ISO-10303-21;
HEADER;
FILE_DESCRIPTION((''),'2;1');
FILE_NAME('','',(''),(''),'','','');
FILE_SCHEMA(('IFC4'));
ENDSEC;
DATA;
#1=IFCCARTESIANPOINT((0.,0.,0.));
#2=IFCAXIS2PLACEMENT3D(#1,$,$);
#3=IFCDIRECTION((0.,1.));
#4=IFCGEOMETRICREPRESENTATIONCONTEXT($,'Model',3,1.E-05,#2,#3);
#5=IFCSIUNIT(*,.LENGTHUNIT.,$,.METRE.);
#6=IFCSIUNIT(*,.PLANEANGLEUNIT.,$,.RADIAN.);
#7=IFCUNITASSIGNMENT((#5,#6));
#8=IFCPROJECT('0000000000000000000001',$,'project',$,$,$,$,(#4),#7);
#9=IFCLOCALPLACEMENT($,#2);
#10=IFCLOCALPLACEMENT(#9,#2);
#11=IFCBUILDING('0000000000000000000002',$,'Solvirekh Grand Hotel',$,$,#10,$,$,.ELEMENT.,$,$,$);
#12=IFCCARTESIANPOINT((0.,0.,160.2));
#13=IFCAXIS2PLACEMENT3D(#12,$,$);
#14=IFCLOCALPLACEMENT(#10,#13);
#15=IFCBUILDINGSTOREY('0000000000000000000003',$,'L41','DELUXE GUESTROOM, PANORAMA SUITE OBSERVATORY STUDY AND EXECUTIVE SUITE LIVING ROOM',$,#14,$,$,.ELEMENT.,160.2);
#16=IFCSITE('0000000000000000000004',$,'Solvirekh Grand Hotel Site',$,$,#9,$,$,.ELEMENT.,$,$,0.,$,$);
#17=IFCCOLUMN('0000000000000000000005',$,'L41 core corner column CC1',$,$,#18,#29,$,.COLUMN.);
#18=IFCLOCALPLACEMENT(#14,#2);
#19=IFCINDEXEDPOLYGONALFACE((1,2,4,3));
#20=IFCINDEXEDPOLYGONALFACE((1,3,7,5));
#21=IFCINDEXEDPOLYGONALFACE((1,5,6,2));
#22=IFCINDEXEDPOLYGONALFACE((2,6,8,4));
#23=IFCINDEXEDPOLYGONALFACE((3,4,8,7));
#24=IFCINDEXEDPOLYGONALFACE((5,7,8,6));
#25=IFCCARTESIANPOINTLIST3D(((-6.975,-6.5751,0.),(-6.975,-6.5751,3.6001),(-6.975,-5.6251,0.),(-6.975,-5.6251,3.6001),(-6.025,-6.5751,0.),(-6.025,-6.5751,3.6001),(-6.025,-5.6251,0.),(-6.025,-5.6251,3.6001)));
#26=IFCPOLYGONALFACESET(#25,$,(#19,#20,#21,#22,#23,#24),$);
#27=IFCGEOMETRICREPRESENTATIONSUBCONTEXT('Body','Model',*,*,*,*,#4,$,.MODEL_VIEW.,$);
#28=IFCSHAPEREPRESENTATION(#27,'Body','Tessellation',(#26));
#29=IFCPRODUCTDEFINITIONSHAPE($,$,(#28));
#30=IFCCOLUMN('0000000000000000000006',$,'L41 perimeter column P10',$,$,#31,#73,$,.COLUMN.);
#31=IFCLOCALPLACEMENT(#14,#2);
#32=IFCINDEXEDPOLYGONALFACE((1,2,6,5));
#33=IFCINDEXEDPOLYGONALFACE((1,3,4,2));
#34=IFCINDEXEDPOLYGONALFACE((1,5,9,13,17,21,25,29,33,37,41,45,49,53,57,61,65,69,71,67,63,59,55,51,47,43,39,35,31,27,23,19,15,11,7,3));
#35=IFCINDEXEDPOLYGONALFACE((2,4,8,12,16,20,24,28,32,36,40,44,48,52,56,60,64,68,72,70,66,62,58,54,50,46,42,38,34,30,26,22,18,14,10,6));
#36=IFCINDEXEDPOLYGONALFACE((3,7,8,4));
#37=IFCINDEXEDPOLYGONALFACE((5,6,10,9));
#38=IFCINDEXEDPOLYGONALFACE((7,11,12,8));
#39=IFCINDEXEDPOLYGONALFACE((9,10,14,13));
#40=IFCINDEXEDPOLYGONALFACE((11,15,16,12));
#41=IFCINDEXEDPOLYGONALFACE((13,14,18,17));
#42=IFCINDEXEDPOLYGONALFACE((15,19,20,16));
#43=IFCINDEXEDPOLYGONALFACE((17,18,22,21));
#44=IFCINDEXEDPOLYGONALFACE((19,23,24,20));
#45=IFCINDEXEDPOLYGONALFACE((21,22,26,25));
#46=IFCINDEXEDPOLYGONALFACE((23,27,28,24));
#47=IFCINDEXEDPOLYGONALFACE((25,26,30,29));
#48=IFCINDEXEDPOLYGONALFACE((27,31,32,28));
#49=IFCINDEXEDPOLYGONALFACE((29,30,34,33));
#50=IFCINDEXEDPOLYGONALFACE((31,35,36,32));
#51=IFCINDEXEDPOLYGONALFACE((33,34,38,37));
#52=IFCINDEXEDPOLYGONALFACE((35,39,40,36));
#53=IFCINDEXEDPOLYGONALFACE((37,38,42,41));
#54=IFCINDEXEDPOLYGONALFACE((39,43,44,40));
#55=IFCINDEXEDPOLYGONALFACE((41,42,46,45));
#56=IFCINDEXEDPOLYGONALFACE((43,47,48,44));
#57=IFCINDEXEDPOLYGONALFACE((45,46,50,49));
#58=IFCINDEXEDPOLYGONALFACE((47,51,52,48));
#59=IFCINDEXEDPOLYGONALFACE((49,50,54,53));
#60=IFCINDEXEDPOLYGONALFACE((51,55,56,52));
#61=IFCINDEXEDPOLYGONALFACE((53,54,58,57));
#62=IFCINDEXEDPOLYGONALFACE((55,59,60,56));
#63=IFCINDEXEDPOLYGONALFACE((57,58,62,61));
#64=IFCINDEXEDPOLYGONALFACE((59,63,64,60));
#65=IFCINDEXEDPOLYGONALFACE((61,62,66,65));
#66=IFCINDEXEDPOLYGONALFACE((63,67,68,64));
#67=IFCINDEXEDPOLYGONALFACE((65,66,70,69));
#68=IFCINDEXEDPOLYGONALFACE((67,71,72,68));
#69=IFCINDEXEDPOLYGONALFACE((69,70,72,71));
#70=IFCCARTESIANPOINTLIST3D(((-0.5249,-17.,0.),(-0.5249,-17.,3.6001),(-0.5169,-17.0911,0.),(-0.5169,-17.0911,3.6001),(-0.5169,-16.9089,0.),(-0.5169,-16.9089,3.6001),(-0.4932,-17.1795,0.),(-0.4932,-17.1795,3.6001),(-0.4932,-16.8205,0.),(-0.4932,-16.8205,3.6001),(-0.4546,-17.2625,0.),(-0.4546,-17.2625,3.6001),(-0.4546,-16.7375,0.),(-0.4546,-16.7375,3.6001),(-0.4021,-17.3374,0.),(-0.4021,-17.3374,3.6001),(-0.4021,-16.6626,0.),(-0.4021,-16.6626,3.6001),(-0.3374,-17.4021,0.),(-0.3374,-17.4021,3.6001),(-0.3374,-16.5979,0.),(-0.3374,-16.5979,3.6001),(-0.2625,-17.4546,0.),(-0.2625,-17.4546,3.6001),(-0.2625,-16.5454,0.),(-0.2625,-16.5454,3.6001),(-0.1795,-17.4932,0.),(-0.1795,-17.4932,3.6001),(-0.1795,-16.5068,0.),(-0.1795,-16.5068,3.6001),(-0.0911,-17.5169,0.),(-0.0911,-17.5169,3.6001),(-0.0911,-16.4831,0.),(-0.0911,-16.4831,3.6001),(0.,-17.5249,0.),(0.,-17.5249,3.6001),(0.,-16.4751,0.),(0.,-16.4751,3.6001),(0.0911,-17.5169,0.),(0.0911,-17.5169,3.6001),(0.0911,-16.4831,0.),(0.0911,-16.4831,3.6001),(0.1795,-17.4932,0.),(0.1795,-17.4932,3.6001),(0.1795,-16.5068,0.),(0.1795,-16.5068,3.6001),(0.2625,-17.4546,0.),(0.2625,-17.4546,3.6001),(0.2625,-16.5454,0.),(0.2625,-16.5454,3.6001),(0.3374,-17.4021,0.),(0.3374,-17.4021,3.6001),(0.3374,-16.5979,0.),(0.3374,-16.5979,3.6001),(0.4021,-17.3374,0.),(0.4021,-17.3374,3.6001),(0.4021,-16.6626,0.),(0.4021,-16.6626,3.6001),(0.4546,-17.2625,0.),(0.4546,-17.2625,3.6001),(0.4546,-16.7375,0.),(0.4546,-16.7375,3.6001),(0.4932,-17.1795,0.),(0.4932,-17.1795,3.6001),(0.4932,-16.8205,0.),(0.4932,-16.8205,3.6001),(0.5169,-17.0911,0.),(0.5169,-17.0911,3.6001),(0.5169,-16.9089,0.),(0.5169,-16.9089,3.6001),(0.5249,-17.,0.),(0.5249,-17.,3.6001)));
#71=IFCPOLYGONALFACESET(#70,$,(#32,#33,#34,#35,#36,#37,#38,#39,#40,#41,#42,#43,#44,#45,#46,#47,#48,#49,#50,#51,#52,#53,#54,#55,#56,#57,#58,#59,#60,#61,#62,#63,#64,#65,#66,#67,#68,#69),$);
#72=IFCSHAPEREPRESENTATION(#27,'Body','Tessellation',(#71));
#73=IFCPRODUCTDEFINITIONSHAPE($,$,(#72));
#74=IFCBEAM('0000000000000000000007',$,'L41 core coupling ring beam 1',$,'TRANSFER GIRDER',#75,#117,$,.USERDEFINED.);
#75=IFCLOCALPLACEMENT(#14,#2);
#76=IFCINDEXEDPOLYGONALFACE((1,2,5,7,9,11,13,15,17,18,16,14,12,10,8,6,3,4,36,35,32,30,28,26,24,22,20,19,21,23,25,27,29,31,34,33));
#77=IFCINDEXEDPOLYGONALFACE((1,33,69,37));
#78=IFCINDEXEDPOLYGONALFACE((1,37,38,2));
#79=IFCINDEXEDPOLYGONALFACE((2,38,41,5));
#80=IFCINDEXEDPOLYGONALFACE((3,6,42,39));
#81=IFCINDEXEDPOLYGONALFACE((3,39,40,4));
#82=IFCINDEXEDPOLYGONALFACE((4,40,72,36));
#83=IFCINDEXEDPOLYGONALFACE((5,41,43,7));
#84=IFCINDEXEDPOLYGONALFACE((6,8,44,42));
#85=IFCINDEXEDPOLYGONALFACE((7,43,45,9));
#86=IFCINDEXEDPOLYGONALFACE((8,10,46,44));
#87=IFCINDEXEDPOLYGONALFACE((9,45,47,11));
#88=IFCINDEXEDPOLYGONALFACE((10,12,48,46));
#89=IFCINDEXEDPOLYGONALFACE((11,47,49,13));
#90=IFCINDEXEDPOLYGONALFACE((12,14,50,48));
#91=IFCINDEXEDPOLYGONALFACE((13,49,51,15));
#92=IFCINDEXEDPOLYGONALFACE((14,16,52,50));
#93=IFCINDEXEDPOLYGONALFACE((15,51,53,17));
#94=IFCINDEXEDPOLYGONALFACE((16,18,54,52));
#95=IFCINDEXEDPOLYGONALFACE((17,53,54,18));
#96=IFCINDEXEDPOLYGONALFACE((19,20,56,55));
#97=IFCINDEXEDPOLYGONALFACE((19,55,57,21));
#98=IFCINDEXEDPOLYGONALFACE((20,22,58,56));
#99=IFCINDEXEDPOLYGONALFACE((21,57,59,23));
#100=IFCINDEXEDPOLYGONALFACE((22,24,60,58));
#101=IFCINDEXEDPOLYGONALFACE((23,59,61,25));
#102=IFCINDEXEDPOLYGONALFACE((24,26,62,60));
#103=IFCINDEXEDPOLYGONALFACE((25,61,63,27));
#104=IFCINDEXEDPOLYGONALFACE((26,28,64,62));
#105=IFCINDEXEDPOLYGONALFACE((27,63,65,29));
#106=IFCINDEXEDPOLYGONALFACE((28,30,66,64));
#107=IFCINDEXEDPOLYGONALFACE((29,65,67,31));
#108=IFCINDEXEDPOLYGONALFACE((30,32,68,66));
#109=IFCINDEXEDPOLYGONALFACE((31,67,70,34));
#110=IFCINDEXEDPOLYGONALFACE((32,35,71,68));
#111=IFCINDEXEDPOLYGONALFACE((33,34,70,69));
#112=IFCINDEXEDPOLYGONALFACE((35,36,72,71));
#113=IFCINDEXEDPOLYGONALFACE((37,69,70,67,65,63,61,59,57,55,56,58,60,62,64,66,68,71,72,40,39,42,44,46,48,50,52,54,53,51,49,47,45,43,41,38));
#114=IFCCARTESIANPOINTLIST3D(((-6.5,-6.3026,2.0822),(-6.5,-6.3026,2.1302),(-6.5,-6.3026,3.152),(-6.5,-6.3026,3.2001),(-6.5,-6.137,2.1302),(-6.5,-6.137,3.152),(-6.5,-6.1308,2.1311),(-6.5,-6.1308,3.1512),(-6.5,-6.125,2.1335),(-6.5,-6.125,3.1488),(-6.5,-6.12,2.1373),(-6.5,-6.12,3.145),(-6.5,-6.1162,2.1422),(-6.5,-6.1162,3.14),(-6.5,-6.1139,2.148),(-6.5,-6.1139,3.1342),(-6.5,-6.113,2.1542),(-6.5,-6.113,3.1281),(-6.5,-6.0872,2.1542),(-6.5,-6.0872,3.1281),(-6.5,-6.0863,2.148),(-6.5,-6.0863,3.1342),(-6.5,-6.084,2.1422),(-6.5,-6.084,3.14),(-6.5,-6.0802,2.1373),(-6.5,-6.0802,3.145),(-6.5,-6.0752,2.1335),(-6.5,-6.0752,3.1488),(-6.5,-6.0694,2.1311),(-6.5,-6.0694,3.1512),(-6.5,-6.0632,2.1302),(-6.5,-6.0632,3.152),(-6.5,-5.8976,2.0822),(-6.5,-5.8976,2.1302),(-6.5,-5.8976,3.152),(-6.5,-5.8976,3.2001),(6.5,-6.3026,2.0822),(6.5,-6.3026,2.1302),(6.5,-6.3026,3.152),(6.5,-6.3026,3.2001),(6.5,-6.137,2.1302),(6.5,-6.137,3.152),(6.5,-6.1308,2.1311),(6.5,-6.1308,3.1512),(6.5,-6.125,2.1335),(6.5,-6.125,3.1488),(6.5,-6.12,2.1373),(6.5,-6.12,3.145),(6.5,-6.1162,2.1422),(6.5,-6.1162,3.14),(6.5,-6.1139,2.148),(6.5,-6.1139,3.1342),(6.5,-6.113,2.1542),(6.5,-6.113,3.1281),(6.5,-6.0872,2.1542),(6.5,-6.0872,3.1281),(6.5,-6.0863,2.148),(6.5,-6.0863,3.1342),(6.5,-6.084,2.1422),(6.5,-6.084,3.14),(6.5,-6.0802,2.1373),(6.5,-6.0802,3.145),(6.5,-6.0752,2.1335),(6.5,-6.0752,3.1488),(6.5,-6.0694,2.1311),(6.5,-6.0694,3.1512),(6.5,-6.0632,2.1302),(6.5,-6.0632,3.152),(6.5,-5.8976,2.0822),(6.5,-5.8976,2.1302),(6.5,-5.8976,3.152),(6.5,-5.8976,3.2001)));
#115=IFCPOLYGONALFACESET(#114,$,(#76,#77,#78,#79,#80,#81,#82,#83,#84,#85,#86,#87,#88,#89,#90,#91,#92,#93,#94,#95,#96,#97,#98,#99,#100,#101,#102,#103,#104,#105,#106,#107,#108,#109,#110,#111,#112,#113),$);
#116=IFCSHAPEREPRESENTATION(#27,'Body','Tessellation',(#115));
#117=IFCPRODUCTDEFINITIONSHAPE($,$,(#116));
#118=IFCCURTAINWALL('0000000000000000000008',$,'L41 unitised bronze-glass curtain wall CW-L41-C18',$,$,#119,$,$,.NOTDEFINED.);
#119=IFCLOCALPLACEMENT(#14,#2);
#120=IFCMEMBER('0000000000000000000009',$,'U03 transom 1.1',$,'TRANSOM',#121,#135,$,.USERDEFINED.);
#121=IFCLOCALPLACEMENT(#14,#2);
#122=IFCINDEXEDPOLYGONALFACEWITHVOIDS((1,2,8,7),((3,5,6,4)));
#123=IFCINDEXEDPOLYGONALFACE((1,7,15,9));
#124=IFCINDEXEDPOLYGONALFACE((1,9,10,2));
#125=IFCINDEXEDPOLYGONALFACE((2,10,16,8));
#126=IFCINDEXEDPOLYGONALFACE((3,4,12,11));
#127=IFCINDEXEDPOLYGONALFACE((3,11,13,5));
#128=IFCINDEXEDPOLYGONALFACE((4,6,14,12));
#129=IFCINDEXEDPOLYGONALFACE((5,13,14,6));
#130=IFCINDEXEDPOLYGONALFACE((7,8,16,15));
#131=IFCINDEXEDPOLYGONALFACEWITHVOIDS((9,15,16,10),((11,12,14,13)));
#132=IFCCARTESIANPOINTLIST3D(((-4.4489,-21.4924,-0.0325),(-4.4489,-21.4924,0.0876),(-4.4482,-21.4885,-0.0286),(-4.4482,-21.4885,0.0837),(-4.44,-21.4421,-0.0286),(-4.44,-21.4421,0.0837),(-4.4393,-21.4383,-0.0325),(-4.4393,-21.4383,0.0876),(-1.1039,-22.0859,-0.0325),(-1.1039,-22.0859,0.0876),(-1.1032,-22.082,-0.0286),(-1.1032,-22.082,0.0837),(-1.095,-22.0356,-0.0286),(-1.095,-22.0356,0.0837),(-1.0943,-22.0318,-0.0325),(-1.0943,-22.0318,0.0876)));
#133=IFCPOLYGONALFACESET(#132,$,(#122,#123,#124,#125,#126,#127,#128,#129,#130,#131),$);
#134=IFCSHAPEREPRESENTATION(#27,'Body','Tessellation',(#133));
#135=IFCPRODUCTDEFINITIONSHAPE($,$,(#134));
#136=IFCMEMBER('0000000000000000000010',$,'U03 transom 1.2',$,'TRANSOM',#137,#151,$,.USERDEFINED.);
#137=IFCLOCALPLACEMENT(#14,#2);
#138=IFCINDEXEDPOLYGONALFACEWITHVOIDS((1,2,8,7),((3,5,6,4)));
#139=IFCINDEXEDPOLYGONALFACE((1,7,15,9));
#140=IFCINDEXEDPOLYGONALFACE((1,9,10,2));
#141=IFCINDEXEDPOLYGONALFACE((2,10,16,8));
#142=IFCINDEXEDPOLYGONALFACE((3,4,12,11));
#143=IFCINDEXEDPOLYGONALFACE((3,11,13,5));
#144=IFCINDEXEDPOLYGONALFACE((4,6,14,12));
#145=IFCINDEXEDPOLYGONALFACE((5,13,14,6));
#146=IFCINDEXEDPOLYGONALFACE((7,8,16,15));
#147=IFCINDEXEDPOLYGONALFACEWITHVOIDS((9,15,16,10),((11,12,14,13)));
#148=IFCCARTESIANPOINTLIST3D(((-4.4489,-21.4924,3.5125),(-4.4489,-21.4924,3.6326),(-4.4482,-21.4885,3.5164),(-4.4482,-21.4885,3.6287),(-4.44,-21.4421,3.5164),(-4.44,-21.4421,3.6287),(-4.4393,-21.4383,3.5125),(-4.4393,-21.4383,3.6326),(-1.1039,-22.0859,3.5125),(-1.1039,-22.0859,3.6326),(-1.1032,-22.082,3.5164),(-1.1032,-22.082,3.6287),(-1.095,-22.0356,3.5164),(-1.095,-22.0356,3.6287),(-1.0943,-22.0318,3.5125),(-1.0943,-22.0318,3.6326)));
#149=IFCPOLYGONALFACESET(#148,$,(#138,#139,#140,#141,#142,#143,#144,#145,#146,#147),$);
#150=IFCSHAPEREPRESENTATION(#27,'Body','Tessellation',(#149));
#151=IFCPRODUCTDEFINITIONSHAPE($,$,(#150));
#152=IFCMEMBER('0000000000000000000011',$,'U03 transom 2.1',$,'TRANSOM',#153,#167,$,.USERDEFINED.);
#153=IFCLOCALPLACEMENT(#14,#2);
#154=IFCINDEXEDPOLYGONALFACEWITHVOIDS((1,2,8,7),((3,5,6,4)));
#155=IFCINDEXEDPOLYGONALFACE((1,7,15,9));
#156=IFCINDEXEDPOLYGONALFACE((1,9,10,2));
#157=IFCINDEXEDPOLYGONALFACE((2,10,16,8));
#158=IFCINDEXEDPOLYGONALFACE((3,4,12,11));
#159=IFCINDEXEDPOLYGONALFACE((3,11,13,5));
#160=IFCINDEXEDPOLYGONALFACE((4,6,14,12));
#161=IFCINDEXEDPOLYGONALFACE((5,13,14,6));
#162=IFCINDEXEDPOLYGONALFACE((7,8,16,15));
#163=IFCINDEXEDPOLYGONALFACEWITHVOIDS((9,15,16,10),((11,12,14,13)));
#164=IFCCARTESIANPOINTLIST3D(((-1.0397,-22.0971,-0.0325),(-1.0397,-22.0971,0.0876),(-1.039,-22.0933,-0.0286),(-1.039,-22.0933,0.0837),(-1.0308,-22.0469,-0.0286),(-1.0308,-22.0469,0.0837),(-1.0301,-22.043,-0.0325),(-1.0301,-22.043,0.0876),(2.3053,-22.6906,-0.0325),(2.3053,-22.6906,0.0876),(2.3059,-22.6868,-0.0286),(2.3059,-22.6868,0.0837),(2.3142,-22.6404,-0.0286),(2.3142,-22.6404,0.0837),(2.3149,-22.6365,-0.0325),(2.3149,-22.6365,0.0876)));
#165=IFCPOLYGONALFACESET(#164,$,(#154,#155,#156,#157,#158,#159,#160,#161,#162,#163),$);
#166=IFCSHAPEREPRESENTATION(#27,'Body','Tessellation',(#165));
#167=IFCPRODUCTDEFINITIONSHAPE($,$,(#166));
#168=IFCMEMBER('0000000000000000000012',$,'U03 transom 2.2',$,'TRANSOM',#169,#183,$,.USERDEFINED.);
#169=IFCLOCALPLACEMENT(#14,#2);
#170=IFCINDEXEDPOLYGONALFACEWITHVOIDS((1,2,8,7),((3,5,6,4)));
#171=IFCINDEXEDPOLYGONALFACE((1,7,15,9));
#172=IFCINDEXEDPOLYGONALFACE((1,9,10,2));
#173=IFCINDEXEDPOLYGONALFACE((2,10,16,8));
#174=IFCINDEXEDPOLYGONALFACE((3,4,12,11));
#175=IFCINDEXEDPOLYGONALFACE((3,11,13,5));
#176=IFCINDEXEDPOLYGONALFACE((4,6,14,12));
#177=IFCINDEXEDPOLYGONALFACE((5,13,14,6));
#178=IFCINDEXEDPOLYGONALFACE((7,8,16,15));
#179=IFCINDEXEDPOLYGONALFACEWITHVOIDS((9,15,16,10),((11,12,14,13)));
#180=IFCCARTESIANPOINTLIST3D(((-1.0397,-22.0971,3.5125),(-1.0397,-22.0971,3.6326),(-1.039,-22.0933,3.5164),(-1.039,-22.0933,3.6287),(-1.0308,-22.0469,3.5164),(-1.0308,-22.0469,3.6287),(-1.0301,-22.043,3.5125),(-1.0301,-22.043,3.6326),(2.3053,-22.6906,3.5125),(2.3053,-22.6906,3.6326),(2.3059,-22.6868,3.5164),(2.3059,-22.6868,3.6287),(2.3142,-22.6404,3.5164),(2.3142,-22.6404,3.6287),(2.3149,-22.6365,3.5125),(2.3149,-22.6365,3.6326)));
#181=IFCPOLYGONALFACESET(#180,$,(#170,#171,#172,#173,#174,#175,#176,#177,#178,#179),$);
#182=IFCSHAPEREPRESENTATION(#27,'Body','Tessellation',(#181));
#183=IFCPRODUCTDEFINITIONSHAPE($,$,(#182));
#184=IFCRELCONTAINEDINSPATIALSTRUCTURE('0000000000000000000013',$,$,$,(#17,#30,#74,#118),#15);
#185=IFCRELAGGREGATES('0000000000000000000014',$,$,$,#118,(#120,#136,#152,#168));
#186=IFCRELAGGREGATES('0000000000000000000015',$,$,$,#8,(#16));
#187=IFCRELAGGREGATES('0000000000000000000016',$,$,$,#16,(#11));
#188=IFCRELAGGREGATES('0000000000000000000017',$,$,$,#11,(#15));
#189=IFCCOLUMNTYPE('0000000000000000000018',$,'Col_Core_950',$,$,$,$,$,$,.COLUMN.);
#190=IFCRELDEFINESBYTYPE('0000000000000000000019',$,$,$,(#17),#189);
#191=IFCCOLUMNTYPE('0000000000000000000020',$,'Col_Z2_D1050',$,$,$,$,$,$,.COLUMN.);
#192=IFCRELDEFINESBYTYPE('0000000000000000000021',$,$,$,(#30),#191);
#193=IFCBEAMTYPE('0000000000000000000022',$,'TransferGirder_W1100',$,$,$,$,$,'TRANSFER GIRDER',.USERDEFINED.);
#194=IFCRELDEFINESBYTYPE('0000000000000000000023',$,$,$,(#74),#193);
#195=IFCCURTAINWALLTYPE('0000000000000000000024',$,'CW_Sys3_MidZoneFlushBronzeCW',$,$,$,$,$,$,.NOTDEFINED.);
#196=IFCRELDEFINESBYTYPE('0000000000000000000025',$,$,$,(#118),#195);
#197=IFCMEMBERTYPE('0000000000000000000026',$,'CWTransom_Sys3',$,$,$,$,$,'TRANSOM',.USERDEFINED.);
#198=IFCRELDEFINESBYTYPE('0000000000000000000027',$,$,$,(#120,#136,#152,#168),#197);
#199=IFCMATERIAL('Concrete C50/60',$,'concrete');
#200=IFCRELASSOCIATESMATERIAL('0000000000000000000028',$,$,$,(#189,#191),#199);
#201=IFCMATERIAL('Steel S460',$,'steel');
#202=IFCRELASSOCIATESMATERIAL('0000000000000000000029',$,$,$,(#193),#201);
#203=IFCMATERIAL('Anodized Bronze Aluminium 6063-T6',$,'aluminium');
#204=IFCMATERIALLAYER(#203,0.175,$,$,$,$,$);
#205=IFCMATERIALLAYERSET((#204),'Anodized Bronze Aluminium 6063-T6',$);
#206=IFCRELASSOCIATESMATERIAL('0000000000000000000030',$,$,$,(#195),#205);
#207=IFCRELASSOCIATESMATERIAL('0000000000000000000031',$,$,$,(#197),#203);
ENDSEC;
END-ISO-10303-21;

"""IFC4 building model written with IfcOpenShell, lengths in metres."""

from ifc_helpers import new_model, si_unit, direction, frame, origin, origin_2d, place, context, subcontext, project, spatial, rectangle, hollow_rectangle, circle, i_section, extrude, source, transform, mapped, material, layer, layer_set, material_profile, profile_set, type_object, element, aggregate, save


model = new_model("IFC4")

# Units and contexts
model_context = context("Model", 3, precision=1e-05, world=origin(), true_north=direction((0.0, 1.0)))
body_context = subcontext(model_context, "Body", "Model", "MODEL_VIEW")
ifc_project = project(units=[si_unit("LENGTHUNIT", "METRE"), si_unit("PLANEANGLEUNIT", "RADIAN")], contexts=[model_context])

# Site, building, storey
site_placement = place(None, origin())
site = spatial("IfcSite", under=ifc_project, at=site_placement, Name="Solvirekh Grand Hotel Site", CompositionType="ELEMENT", RefElevation=0.0)
building_placement = place(site_placement, origin())
building = spatial("IfcBuilding", under=site, at=building_placement, Name="Solvirekh Grand Hotel", CompositionType="ELEMENT")
storey_placement = place(building_placement, frame((0.0, 0.0, 160.2)))
storey = spatial("IfcBuildingStorey", under=building, at=storey_placement, Name="L41", Description="DELUXE GUESTROOM, PANORAMA SUITE OBSERVATORY STUDY AND EXECUTIVE SUITE LIVING ROOM", CompositionType="ELEMENT", Elevation=160.2)

# Columns
ifc_material_1 = material(Name="Concrete C50/60", Category="concrete")
ifc_material_profile_1 = material_profile(ifc_material_1, rectangle(XDim=0.95, YDim=0.95, at=origin_2d()), Name="RC 950X950")
ifc_profile_set_1 = profile_set([ifc_material_profile_1], Name="Concrete C50/60")
column_type_1 = type_object("IfcColumnType", Name="Col_Core_950", PredefinedType="COLUMN", material=ifc_profile_set_1)
column_1_placement = place(storey_placement, frame((-6.5, -6.1001, 0.0), z_axis=(0.0, 0.0, 1.0), x_axis=(1.0, 0.0, 0.0)))
element("IfcColumn", 1, at=column_1_placement, inside=storey, type_object=column_type_1, Name="L41 core corner column CC1", PredefinedType="COLUMN", context=body_context, shape_type="SweptSolid", body=[
    extrude(rectangle(XDim=0.95, YDim=0.95, at=origin_2d()), origin(), (0.0, 0.0, 1.0), 3.6001),
])
ifc_material_profile_2 = material_profile(ifc_material_1, circle(Radius=0.5249, at=origin_2d()), Name="RC CIRC D1050")
ifc_profile_set_2 = profile_set([ifc_material_profile_2], Name="Concrete C50/60")
column_type_2 = type_object("IfcColumnType", Name="Col_Z2_D1050", PredefinedType="COLUMN", material=ifc_profile_set_2)
column_2_placement = place(storey_placement, frame((0.0, -17.0, 0.0), z_axis=(0.0, 0.0, 1.0), x_axis=(1.0, 0.0, 0.0)))
element("IfcColumn", 2, at=column_2_placement, inside=storey, type_object=column_type_2, Name="L41 perimeter column P10", PredefinedType="COLUMN", context=body_context, shape_type="SweptSolid", body=[
    extrude(circle(Radius=0.5249, at=origin_2d()), origin(), (0.0, 0.0, 1.0), 3.6001),
])

# Beam
ifc_material_2 = material(Name="Steel S460", Category="steel")
ifc_material_profile_3 = material_profile(ifc_material_2, i_section(OverallWidth=0.405, OverallDepth=1.1179, WebThickness=0.0259, FlangeThickness=0.0481, FilletRadius=0.0239, at=origin_2d()), Name="W1100X499")
ifc_profile_set_3 = profile_set([ifc_material_profile_3], Name="Steel S460")
beam_type = type_object("IfcBeamType", Name="TransferGirder_W1100", ElementType="TRANSFER GIRDER", PredefinedType="USERDEFINED", material=ifc_profile_set_3)
beam_placement = place(storey_placement, frame((-6.5, -6.1001, 2.6411), z_axis=(1.0, 0.0, 0.0), x_axis=(0.0, 1.0, 0.0)))
element("IfcBeam", 3, at=beam_placement, inside=storey, type_object=beam_type, Name="L41 core coupling ring beam 1", ObjectType="TRANSFER GIRDER", PredefinedType="USERDEFINED", context=body_context, shape_type="SweptSolid", body=[
    extrude(i_section(OverallWidth=0.405, OverallDepth=1.1179, WebThickness=0.0259, FlangeThickness=0.0481, FilletRadius=0.0239, at=origin_2d()), origin(), (0.0, 0.0, 1.0), 13.0),
])

# Curtain wall, members
ifc_material_3 = material(Name="Anodized Bronze Aluminium 6063-T6", Category="aluminium")
ifc_layer_1 = layer(ifc_material_3, 0.175)
ifc_layer_set_1 = layer_set([ifc_layer_1], Name="Anodized Bronze Aluminium 6063-T6")
curtain_wall_type = type_object("IfcCurtainWallType", Name="CW_Sys3_MidZoneFlushBronzeCW", PredefinedType="NOTDEFINED", material=ifc_layer_set_1)
curtain_wall_placement = place(storey_placement, origin())
curtain_wall = element("IfcCurtainWall", 4, at=curtain_wall_placement, inside=storey, type_object=curtain_wall_type, Name="L41 unitised bronze-glass curtain wall CW-L41-C18", PredefinedType="NOTDEFINED")
ifc_material_profile_4 = material_profile(ifc_material_3, hollow_rectangle(XDim=0.0549, YDim=0.1201, WallThickness=0.0039, at=origin_2d()), Name="ALU RHS 120X55X4")
ifc_profile_set_4 = profile_set([ifc_material_profile_4], Name="Anodized Bronze Aluminium 6063-T6")
member_type_1 = type_object("IfcMemberType", Name="CWTransom_Sys3", ElementType="TRANSOM", PredefinedType="USERDEFINED", material=ifc_profile_set_4)
shared_shape_1 = source(origin(), body_context, "Body", "SweptSolid", [
    extrude(hollow_rectangle(XDim=0.0549, YDim=0.1201, WallThickness=0.0039, at=origin_2d()), origin(), (0.0, 0.0, 1.0), 3.3972),
])
member_1_placement = place(storey_placement, frame((-4.4441, -21.4653, 0.0276), z_axis=(0.984621, -0.174704, 0.0), x_axis=(0.174704, 0.984621, 0.0)))
member_1 = element("IfcMember", 5, at=member_1_placement, type_object=member_type_1, Name="U03 transom 1.1", ObjectType="TRANSOM", PredefinedType="USERDEFINED", context=body_context, shape_type="MappedRepresentation", body=[
    mapped(shared_shape_1, transform((0.0, 0.0, 0.0), x_axis=(1.0, 0.0, 0.0), y_axis=(0.0, 1.0, 0.0), z_axis=(0.0, 0.0, 1.0), scale=1.0)),
])
member_2_placement = place(storey_placement, frame((-4.4441, -21.4653, 3.5725), z_axis=(0.984621, -0.174704, 0.0), x_axis=(0.174704, 0.984621, 0.0)))
member_2 = element("IfcMember", 6, at=member_2_placement, type_object=member_type_1, Name="U03 transom 1.2", ObjectType="TRANSOM", PredefinedType="USERDEFINED", context=body_context, shape_type="MappedRepresentation", body=[
    mapped(shared_shape_1, transform((0.0, 0.0, 0.0), x_axis=(1.0, 0.0, 0.0), y_axis=(0.0, 1.0, 0.0), z_axis=(0.0, 0.0, 1.0), scale=1.0)),
])
member_3_placement = place(storey_placement, frame((-1.0349, -22.0701, 0.0276), z_axis=(0.984621, -0.174704, 0.0), x_axis=(0.174704, 0.984621, 0.0)))
member_3 = element("IfcMember", 7, at=member_3_placement, type_object=member_type_1, Name="U03 transom 2.1", ObjectType="TRANSOM", PredefinedType="USERDEFINED", context=body_context, shape_type="MappedRepresentation", body=[
    mapped(shared_shape_1, transform((0.0, 0.0, 0.0), x_axis=(1.0, 0.0, 0.0), y_axis=(0.0, 1.0, 0.0), z_axis=(0.0, 0.0, 1.0), scale=1.0)),
])
member_4_placement = place(storey_placement, frame((-1.0349, -22.0701, 3.5725), z_axis=(0.984621, -0.174704, 0.0), x_axis=(0.174704, 0.984621, 0.0)))
member_4 = element("IfcMember", 8, at=member_4_placement, type_object=member_type_1, Name="U03 transom 2.2", ObjectType="TRANSOM", PredefinedType="USERDEFINED", context=body_context, shape_type="MappedRepresentation", body=[
    mapped(shared_shape_1, transform((0.0, 0.0, 0.0), x_axis=(1.0, 0.0, 0.0), y_axis=(0.0, 1.0, 0.0), z_axis=(0.0, 0.0, 1.0), scale=1.0)),
])
aggregate(curtain_wall, [member_1, member_2, member_3, member_4])

save(model, "model.ifc")
